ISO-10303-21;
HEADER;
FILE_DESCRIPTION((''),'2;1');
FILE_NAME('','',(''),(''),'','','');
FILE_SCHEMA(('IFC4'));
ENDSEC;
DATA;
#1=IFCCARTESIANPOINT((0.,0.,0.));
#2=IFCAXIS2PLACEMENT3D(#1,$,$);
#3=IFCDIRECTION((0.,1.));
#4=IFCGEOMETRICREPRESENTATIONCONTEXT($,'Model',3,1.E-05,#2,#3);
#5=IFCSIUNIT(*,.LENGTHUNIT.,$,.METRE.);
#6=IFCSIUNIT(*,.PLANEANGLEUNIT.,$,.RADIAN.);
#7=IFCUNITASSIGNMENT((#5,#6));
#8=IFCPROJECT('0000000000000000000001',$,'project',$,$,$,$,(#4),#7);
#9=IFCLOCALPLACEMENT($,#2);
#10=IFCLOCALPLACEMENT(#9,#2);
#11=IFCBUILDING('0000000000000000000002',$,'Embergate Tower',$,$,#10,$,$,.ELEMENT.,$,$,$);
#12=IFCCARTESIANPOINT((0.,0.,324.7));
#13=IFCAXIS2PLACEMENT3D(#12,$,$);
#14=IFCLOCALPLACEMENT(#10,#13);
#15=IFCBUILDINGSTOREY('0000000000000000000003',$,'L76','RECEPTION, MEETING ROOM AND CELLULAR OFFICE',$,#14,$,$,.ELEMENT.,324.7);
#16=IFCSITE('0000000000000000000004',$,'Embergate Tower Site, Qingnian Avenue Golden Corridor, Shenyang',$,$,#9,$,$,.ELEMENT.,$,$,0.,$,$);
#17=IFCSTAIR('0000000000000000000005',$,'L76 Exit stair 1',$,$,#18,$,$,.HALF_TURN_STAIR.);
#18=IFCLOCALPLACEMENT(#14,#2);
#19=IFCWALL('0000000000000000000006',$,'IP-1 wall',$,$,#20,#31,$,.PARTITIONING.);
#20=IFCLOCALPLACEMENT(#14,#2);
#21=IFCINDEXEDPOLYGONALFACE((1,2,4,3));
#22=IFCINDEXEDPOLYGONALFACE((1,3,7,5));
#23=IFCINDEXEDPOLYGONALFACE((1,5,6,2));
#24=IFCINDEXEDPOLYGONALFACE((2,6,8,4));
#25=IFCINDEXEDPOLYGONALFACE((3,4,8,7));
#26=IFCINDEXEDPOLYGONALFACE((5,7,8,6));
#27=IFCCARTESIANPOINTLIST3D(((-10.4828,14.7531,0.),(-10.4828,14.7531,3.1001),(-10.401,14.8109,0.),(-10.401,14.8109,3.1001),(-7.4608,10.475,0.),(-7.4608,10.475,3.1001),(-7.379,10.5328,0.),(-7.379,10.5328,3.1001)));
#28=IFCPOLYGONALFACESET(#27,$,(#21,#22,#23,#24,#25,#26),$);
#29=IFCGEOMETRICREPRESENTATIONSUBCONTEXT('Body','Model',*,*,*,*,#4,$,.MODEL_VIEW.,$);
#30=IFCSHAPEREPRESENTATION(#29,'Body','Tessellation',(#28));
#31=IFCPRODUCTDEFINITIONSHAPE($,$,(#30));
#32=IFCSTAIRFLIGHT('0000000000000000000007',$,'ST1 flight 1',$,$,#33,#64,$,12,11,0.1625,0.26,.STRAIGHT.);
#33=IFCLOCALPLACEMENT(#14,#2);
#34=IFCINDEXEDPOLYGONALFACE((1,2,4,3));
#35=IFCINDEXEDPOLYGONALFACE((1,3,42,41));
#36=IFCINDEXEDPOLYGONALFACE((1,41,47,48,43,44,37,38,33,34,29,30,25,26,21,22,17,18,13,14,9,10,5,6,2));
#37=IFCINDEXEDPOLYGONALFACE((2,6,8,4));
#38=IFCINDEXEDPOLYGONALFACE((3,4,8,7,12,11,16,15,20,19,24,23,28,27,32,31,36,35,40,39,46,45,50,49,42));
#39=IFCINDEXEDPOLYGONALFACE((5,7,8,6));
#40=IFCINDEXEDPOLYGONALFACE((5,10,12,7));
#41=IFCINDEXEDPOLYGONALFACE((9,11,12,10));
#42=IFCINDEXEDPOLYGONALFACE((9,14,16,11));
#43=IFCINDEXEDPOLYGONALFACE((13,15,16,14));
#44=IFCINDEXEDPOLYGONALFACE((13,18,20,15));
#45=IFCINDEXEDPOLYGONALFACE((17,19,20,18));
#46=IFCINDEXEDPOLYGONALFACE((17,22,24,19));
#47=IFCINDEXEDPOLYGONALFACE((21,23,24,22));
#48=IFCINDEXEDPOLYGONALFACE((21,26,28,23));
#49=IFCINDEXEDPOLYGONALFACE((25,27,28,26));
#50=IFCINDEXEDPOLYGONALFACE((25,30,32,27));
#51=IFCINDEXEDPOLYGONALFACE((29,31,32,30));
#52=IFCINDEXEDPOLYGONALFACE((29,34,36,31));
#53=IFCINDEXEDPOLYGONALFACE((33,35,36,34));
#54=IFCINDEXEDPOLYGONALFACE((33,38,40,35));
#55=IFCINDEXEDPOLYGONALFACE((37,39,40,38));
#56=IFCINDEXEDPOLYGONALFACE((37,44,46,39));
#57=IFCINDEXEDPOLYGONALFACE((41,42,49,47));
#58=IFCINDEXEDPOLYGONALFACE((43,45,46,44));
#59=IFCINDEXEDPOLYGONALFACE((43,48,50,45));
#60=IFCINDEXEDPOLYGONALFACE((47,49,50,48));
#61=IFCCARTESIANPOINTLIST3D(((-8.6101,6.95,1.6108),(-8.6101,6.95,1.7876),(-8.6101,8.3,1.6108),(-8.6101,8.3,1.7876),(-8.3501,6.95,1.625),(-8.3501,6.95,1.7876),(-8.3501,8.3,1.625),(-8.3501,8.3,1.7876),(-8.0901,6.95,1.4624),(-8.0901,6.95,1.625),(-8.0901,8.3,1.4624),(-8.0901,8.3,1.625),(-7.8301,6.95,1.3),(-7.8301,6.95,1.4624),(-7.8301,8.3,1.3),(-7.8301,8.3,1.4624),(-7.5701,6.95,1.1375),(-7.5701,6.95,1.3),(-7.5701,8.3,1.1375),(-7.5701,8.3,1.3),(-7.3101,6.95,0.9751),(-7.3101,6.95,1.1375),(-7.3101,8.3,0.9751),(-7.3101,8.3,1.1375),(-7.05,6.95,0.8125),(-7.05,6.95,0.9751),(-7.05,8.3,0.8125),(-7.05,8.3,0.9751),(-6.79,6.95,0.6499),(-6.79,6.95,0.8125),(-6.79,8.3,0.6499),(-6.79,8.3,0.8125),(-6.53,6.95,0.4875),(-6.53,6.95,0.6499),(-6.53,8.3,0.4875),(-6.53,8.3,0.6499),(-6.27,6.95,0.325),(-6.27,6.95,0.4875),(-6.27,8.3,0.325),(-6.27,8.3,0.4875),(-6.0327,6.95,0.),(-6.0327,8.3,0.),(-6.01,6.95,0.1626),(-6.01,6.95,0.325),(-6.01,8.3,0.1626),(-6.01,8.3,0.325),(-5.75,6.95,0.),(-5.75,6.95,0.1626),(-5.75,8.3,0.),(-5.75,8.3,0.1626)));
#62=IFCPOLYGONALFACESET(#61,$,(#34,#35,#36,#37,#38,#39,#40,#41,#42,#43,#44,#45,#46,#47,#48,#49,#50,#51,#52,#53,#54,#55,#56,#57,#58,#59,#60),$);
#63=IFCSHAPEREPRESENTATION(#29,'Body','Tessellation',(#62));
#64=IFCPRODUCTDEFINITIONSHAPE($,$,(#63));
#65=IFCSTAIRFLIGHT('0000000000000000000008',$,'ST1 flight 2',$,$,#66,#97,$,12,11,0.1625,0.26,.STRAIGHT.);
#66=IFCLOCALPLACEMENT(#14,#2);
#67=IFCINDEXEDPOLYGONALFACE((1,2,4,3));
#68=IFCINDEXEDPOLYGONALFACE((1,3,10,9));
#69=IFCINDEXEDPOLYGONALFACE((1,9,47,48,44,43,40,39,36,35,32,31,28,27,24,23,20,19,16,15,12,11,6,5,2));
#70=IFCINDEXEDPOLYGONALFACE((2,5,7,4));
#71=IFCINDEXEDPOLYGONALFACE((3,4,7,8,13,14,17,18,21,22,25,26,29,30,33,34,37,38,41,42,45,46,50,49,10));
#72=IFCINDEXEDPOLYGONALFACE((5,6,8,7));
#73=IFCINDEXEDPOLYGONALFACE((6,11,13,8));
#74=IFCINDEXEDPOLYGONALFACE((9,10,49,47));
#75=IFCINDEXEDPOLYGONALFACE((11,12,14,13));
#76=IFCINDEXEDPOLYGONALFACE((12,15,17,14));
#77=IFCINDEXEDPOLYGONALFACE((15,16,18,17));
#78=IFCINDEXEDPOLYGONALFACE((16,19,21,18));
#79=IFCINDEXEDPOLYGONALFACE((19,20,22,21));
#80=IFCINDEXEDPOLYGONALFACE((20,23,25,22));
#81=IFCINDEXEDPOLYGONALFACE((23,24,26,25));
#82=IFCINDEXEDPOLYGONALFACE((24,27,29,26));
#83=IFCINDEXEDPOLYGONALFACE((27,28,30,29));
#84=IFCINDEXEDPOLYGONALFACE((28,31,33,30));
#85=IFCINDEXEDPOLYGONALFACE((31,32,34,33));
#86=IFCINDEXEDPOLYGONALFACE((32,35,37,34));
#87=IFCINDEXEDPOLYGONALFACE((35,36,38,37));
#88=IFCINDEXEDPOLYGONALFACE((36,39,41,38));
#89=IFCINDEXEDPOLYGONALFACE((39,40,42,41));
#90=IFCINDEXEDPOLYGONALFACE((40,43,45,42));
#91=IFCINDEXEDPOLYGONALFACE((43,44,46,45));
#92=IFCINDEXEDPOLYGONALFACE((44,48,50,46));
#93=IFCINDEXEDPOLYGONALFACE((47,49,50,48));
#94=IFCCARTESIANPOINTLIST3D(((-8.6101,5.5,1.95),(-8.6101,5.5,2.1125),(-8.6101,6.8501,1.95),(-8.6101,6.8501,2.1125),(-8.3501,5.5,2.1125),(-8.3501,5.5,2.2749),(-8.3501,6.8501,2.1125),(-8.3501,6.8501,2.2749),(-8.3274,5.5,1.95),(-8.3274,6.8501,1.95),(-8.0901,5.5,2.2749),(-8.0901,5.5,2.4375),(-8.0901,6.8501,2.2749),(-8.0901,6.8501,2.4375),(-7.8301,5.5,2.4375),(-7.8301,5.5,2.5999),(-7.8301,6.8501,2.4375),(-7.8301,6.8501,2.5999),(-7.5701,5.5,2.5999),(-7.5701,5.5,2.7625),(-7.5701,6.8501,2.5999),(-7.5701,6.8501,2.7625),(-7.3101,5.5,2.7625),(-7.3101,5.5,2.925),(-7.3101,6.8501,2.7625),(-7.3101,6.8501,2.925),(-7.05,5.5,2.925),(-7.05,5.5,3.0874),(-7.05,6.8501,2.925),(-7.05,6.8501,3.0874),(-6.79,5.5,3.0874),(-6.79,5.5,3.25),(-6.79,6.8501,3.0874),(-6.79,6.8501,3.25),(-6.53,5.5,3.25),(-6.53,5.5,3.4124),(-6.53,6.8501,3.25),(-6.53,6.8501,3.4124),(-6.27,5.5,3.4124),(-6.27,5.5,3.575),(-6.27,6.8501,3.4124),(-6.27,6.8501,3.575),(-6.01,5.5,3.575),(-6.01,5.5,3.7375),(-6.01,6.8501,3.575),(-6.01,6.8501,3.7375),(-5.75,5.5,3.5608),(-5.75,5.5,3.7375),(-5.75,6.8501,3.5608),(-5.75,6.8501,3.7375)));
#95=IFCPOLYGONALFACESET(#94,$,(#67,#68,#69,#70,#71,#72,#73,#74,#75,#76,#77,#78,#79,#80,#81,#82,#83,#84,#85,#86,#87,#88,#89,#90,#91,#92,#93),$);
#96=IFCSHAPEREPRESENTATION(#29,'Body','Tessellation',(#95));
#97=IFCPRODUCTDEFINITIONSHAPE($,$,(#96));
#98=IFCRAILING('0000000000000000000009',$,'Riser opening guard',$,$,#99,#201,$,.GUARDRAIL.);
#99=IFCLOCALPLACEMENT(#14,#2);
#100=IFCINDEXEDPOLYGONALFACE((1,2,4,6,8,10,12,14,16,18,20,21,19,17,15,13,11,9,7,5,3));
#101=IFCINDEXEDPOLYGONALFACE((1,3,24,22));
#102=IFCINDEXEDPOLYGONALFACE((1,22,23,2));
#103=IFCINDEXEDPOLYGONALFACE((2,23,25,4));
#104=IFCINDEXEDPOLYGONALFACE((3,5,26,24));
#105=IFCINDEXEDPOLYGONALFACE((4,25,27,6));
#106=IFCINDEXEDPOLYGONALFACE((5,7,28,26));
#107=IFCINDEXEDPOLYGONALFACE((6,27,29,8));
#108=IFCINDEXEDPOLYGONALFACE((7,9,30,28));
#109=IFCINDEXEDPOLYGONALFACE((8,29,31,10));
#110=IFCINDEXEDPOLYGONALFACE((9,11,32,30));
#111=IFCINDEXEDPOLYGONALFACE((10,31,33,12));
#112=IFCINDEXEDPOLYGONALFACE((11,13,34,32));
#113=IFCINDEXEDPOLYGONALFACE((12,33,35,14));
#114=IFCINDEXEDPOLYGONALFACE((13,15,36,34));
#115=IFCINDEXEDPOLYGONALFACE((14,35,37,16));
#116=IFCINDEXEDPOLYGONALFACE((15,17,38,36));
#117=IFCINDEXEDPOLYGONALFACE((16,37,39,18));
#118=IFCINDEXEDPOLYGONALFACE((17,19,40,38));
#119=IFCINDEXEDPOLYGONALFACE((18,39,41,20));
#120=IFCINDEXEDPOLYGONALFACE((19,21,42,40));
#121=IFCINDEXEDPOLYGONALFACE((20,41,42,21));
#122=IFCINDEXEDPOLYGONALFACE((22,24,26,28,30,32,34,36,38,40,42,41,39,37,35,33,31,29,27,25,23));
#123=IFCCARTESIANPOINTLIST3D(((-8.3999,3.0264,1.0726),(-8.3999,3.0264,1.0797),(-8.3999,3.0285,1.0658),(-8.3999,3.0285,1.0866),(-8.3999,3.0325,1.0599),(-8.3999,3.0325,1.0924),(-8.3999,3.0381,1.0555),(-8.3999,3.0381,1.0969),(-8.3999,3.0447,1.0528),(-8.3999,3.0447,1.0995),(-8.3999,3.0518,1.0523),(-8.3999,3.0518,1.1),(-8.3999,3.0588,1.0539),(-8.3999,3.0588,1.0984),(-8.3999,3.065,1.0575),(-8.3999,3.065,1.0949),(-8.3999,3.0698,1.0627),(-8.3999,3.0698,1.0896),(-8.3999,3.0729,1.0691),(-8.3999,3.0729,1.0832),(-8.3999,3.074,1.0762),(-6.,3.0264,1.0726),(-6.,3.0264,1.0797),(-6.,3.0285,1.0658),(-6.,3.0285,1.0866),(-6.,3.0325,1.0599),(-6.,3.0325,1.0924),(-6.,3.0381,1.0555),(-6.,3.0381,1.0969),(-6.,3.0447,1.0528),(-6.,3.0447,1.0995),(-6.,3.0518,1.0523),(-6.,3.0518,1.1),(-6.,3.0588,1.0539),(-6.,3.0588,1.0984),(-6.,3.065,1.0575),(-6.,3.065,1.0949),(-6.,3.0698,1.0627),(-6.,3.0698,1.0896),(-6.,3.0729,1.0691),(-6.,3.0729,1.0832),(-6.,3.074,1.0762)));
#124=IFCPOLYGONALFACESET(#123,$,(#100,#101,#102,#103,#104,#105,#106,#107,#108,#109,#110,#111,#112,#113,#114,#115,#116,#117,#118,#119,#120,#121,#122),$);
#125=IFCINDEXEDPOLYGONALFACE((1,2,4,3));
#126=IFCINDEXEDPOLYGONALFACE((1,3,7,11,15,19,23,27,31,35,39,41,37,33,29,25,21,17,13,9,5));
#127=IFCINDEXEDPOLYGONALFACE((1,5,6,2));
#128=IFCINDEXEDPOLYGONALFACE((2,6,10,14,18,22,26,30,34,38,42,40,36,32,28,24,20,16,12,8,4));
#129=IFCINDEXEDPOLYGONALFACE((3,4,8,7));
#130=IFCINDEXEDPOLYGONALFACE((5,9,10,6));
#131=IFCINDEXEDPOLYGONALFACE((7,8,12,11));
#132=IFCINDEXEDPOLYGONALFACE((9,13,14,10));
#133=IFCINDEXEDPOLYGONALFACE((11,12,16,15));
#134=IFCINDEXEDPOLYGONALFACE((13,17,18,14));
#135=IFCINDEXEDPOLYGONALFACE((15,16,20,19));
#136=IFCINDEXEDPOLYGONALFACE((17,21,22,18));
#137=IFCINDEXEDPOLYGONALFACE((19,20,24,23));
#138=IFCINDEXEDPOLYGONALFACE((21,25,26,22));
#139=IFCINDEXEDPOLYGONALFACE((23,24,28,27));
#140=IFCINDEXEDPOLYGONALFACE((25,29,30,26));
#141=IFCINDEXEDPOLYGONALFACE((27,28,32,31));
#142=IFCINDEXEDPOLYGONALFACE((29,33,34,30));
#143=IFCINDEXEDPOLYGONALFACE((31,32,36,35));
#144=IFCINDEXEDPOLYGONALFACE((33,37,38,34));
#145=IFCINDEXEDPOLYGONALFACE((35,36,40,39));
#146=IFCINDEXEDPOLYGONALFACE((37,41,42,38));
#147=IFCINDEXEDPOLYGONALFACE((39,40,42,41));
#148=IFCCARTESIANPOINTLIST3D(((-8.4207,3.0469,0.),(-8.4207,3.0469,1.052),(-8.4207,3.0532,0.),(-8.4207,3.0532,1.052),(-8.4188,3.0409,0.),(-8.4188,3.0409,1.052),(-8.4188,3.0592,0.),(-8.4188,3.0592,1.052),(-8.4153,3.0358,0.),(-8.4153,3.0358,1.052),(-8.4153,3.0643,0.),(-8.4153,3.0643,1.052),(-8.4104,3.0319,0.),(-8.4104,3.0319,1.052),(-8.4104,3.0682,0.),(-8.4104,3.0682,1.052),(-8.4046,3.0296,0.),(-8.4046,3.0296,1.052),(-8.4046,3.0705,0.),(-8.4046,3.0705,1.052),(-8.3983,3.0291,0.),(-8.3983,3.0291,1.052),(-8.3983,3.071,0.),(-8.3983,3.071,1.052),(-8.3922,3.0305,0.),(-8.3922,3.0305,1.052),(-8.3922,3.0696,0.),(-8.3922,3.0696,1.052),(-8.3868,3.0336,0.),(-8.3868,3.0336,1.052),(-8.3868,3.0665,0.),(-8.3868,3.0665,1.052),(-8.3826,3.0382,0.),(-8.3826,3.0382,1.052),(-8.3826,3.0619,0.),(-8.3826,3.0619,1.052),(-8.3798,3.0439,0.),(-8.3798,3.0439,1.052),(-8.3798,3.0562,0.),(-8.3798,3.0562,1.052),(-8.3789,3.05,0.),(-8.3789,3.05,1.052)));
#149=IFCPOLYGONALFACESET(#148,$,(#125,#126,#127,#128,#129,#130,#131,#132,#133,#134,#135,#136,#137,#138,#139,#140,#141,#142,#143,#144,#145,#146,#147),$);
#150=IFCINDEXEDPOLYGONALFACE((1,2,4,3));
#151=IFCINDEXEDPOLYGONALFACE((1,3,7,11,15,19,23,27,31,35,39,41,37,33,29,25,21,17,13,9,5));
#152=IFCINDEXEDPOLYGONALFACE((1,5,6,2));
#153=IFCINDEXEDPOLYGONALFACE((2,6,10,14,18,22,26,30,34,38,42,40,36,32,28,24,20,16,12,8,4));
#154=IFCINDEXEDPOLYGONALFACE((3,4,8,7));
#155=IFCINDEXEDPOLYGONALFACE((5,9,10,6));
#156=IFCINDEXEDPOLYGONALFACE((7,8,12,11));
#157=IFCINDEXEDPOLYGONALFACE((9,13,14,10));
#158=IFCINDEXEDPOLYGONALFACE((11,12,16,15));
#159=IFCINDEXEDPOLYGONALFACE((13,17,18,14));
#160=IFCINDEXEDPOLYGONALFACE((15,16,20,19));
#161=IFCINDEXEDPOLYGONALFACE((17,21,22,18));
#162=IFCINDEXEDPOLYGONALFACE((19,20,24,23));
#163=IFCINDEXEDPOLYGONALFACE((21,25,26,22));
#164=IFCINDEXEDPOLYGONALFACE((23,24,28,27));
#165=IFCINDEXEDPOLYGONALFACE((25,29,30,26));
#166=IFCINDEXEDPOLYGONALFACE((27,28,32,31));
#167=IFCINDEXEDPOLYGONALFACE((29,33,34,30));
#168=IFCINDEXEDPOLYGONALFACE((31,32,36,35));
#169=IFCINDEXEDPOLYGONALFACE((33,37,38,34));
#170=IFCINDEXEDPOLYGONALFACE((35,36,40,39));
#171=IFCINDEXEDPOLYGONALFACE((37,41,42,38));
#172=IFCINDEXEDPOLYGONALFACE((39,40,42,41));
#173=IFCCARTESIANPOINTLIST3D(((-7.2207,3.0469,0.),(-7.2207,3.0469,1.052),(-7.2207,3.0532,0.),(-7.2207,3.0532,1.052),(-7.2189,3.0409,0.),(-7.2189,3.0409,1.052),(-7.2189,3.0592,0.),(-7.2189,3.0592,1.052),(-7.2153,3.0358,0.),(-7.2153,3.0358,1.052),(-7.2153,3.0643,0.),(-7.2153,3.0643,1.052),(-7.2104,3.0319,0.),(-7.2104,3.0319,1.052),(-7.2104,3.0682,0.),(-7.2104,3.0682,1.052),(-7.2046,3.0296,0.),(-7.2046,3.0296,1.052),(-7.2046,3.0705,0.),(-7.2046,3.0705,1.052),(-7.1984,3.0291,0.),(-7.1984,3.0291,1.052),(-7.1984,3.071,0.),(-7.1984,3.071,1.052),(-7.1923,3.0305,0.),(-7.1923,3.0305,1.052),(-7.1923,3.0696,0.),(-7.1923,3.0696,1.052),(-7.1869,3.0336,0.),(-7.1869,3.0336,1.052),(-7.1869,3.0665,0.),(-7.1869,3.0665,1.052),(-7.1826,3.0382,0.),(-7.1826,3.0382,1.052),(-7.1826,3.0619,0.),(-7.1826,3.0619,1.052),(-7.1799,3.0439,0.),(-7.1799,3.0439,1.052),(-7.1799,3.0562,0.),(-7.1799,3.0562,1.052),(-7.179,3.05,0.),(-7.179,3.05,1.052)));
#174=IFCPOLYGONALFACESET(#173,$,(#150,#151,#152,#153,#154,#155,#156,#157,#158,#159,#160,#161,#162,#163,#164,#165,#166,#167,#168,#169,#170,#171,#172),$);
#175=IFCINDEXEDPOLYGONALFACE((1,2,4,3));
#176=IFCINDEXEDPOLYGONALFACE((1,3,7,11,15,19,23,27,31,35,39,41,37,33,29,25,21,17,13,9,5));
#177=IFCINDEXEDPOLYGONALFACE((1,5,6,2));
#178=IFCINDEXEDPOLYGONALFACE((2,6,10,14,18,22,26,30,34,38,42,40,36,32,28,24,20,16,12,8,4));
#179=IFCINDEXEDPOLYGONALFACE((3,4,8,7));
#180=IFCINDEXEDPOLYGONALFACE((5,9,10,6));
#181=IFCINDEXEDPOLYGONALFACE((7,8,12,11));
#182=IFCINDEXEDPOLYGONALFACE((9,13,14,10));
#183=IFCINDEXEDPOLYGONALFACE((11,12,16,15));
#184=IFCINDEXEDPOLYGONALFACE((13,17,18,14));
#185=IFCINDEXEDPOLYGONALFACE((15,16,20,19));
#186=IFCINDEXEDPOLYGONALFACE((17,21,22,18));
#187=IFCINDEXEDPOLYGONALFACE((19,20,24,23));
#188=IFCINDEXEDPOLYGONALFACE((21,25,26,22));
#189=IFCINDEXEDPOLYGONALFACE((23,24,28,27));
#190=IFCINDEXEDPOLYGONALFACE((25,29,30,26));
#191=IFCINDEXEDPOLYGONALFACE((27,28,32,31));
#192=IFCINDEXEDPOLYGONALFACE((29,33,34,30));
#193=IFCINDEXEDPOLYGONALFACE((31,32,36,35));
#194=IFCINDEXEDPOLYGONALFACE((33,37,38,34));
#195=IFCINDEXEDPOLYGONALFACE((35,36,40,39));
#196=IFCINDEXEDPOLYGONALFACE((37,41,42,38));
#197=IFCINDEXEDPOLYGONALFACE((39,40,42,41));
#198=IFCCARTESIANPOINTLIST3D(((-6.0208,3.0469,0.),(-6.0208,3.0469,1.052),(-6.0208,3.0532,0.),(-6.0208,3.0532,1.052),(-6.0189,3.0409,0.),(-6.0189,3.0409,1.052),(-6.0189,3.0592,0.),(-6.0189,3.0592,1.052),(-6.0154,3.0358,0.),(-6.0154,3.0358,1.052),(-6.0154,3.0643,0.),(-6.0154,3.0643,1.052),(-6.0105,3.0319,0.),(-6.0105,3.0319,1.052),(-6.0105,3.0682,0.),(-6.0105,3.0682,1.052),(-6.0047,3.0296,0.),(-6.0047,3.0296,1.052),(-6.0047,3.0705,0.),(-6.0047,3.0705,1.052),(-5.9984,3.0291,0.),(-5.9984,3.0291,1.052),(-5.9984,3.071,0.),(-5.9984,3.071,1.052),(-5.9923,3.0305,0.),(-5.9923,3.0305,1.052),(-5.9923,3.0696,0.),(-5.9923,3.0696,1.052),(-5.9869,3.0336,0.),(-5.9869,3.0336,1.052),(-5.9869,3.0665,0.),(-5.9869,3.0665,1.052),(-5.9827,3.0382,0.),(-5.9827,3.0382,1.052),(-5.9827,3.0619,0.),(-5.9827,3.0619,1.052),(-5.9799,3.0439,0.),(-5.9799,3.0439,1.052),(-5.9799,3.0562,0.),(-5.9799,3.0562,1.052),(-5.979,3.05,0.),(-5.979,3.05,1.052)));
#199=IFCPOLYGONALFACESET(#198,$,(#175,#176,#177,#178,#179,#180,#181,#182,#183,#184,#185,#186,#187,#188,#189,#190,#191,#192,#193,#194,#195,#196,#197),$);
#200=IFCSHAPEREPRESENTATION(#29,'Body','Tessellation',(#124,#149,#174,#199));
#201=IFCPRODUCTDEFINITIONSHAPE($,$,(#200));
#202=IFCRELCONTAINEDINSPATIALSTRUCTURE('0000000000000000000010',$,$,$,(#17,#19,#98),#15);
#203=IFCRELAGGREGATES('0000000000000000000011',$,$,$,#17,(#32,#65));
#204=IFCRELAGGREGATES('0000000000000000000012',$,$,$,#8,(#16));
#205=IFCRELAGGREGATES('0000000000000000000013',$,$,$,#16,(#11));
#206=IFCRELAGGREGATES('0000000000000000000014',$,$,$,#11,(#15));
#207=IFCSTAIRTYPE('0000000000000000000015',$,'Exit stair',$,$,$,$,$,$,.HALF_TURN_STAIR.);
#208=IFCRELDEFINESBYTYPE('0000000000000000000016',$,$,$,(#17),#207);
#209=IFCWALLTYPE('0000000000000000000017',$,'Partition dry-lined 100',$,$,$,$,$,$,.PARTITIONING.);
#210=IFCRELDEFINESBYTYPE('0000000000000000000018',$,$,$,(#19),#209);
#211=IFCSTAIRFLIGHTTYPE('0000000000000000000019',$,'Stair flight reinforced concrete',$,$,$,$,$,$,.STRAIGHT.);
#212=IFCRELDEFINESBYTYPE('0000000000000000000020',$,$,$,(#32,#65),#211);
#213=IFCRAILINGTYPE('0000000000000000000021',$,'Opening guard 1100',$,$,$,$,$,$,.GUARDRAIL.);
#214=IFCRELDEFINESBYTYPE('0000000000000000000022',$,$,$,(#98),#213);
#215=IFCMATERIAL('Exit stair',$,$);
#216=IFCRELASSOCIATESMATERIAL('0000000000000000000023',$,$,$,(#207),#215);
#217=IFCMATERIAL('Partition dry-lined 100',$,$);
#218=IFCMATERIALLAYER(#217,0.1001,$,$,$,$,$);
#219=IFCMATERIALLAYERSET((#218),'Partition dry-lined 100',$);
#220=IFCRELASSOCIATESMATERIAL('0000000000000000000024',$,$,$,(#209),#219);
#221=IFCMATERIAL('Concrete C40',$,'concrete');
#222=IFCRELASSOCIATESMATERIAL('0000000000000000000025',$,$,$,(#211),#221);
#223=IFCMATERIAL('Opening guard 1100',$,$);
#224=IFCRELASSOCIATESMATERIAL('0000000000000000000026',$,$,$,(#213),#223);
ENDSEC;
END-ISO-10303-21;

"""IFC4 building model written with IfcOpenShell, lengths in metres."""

from ifc_helpers import new_model, si_unit, direction, frame, frame_2d, origin, origin_2d, place, context, subcontext, project, spatial, polyline, rectangle, circle, outline, extrude, source, transform, mapped, material, layer, layer_set, type_object, element, aggregate, save


model = new_model("IFC4")

# Units and contexts
model_context = context("Model", 3, precision=1e-05, world=origin(), true_north=direction((0.0, 1.0)))
body_context = subcontext(model_context, "Body", "Model", "MODEL_VIEW")
ifc_project = project(units=[si_unit("LENGTHUNIT", "METRE"), si_unit("PLANEANGLEUNIT", "RADIAN")], contexts=[model_context])

# Site, building, storey
site_placement = place(None, origin())
site = spatial("IfcSite", under=ifc_project, at=site_placement, Name="Embergate Tower Site, Qingnian Avenue Golden Corridor, Shenyang", CompositionType="ELEMENT", RefElevation=0.0)
building_placement = place(site_placement, origin())
building = spatial("IfcBuilding", under=site, at=building_placement, Name="Embergate Tower", CompositionType="ELEMENT")
storey_placement = place(building_placement, frame((0.0, 0.0, 324.7)))
storey = spatial("IfcBuildingStorey", under=building, at=storey_placement, Name="L76", Description="RECEPTION, MEETING ROOM AND CELLULAR OFFICE", CompositionType="ELEMENT", Elevation=324.7)

# Stair
ifc_material_1 = material(Name="Exit stair")
stair_type = type_object("IfcStairType", Name="Exit stair", PredefinedType="HALF_TURN_STAIR", material=ifc_material_1)
stair_placement = place(storey_placement, origin())
stair = element("IfcStair", 1, at=stair_placement, inside=storey, type_object=stair_type, Name="L76 Exit stair 1", PredefinedType="HALF_TURN_STAIR")
ifc_material_2 = material(Name="Concrete C40", Category="concrete")

# Wall
ifc_material_3 = material(Name="Partition dry-lined 100")
ifc_layer_1 = layer(ifc_material_3, 0.1001)
ifc_layer_set_1 = layer_set([ifc_layer_1], Name="Partition dry-lined 100")
wall_type_1 = type_object("IfcWallType", Name="Partition dry-lined 100", PredefinedType="PARTITIONING", material=ifc_layer_set_1)
shared_shape_1 = source(origin(), body_context, "Body", "SweptSolid", [
    extrude(rectangle(XDim=5.2378, YDim=0.1001, at=frame_2d((2.6189, 0.0))), origin(), (0.0, 0.0, 1.0), 3.1001),
])
wall_1_placement = place(storey_placement, frame((-7.4199, 10.5039, 0.0), z_axis=(0.0, 0.0, 1.0), x_axis=(-0.576958, 0.816774, 0.0)))
element("IfcWall", 2, at=wall_1_placement, inside=storey, type_object=wall_type_1, Name="IP-1 wall", PredefinedType="PARTITIONING", context=body_context, shape_type="MappedRepresentation", body=[
    mapped(shared_shape_1, transform((0.0, 0.0, 0.0))),
])

# Stair flights
stair_flight_type = type_object("IfcStairFlightType", Name="Stair flight reinforced concrete", PredefinedType="STRAIGHT", material=ifc_material_2)
shared_shape_2 = source(origin(), body_context, "Body", "SweptSolid", [
    extrude(outline(polyline([(0.0, 0.0), (0.0, 0.1626), (0.26, 0.1626), (0.26, 0.325), (0.52, 0.325), (0.52, 0.4875), (0.78, 0.4875), (0.78, 0.6499), (1.04, 0.6499), (1.04, 0.8125), (1.3, 0.8125), (1.3, 0.9751), (1.5601, 0.9751), (1.5601, 1.1375), (1.8201, 1.1375), (1.8201, 1.3), (2.0801, 1.3), (2.0801, 1.4624), (2.3401, 1.4624), (2.3401, 1.625), (2.6001, 1.625), (2.6001, 1.7876), (2.8601, 1.7876), (2.8601, 1.95), (2.8601, 1.6108), (0.2827, 0.0), (0.0, 0.0)])), frame((0.0, 0.675, 0.0), z_axis=(0.0, -1.0, 0.0), x_axis=(1.0, 0.0, 0.0)), (0.0, 0.0, 1.0), 1.3501),
])
stair_flight_1_placement = place(storey_placement, frame((-5.75, 7.625, 0.0), z_axis=(0.0, 0.0, 1.0), x_axis=(-1.0, 0.0, 0.0)))
stair_flight_1 = element("IfcStairFlight", 3, at=stair_flight_1_placement, type_object=stair_flight_type, Name="ST1 flight 1", NumberOfRisers=12, NumberOfTreads=11, PredefinedType="STRAIGHT", RiserHeight=0.1625, TreadLength=0.26, context=body_context, shape_type="MappedRepresentation", body=[
    mapped(shared_shape_2, transform((0.0, 0.0, 0.0))),
])
stair_flight_2_placement = place(storey_placement, frame((-8.6101, 6.175, 1.95), z_axis=(0.0, 0.0, 1.0), x_axis=(1.0, 0.0, 0.0)))
stair_flight_2 = element("IfcStairFlight", 4, at=stair_flight_2_placement, type_object=stair_flight_type, Name="ST1 flight 2", NumberOfRisers=12, NumberOfTreads=11, PredefinedType="STRAIGHT", RiserHeight=0.1625, TreadLength=0.26, context=body_context, shape_type="MappedRepresentation", body=[
    mapped(shared_shape_2, transform((0.0, 0.0, 0.0))),
])
aggregate(stair, [stair_flight_1, stair_flight_2])

# Railing
ifc_material_4 = material(Name="Opening guard 1100")
railing_type_1 = type_object("IfcRailingType", Name="Opening guard 1100", PredefinedType="GUARDRAIL", material=ifc_material_4)
shared_shape_3 = source(origin(), body_context, "Body", "SweptSolid", [
    extrude(circle(Radius=0.0239, at=origin_2d()), frame((0.0, 0.0, 1.0762), z_axis=(1.0, 0.0, 0.0), x_axis=(0.0, 1.0, 0.0)), (0.0, 0.0, 1.0), 2.3999),
    extrude(circle(Radius=0.021, at=origin_2d()), origin(), (0.0, 0.0, 1.0), 1.052),
    extrude(circle(Radius=0.021, at=origin_2d()), frame((1.2, 0.0, 0.0)), (0.0, 0.0, 1.0), 1.052),
    extrude(circle(Radius=0.021, at=origin_2d()), frame((2.3999, 0.0, 0.0)), (0.0, 0.0, 1.0), 1.052),
])
railing_1_placement = place(storey_placement, frame((-8.3999, 3.05, 0.0)))
element("IfcRailing", 5, at=railing_1_placement, inside=storey, type_object=railing_type_1, Name="Riser opening guard", PredefinedType="GUARDRAIL", context=body_context, shape_type="MappedRepresentation", body=[
    mapped(shared_shape_3, transform((0.0, 0.0, 0.0))),
])

save(model, "model.ifc")
